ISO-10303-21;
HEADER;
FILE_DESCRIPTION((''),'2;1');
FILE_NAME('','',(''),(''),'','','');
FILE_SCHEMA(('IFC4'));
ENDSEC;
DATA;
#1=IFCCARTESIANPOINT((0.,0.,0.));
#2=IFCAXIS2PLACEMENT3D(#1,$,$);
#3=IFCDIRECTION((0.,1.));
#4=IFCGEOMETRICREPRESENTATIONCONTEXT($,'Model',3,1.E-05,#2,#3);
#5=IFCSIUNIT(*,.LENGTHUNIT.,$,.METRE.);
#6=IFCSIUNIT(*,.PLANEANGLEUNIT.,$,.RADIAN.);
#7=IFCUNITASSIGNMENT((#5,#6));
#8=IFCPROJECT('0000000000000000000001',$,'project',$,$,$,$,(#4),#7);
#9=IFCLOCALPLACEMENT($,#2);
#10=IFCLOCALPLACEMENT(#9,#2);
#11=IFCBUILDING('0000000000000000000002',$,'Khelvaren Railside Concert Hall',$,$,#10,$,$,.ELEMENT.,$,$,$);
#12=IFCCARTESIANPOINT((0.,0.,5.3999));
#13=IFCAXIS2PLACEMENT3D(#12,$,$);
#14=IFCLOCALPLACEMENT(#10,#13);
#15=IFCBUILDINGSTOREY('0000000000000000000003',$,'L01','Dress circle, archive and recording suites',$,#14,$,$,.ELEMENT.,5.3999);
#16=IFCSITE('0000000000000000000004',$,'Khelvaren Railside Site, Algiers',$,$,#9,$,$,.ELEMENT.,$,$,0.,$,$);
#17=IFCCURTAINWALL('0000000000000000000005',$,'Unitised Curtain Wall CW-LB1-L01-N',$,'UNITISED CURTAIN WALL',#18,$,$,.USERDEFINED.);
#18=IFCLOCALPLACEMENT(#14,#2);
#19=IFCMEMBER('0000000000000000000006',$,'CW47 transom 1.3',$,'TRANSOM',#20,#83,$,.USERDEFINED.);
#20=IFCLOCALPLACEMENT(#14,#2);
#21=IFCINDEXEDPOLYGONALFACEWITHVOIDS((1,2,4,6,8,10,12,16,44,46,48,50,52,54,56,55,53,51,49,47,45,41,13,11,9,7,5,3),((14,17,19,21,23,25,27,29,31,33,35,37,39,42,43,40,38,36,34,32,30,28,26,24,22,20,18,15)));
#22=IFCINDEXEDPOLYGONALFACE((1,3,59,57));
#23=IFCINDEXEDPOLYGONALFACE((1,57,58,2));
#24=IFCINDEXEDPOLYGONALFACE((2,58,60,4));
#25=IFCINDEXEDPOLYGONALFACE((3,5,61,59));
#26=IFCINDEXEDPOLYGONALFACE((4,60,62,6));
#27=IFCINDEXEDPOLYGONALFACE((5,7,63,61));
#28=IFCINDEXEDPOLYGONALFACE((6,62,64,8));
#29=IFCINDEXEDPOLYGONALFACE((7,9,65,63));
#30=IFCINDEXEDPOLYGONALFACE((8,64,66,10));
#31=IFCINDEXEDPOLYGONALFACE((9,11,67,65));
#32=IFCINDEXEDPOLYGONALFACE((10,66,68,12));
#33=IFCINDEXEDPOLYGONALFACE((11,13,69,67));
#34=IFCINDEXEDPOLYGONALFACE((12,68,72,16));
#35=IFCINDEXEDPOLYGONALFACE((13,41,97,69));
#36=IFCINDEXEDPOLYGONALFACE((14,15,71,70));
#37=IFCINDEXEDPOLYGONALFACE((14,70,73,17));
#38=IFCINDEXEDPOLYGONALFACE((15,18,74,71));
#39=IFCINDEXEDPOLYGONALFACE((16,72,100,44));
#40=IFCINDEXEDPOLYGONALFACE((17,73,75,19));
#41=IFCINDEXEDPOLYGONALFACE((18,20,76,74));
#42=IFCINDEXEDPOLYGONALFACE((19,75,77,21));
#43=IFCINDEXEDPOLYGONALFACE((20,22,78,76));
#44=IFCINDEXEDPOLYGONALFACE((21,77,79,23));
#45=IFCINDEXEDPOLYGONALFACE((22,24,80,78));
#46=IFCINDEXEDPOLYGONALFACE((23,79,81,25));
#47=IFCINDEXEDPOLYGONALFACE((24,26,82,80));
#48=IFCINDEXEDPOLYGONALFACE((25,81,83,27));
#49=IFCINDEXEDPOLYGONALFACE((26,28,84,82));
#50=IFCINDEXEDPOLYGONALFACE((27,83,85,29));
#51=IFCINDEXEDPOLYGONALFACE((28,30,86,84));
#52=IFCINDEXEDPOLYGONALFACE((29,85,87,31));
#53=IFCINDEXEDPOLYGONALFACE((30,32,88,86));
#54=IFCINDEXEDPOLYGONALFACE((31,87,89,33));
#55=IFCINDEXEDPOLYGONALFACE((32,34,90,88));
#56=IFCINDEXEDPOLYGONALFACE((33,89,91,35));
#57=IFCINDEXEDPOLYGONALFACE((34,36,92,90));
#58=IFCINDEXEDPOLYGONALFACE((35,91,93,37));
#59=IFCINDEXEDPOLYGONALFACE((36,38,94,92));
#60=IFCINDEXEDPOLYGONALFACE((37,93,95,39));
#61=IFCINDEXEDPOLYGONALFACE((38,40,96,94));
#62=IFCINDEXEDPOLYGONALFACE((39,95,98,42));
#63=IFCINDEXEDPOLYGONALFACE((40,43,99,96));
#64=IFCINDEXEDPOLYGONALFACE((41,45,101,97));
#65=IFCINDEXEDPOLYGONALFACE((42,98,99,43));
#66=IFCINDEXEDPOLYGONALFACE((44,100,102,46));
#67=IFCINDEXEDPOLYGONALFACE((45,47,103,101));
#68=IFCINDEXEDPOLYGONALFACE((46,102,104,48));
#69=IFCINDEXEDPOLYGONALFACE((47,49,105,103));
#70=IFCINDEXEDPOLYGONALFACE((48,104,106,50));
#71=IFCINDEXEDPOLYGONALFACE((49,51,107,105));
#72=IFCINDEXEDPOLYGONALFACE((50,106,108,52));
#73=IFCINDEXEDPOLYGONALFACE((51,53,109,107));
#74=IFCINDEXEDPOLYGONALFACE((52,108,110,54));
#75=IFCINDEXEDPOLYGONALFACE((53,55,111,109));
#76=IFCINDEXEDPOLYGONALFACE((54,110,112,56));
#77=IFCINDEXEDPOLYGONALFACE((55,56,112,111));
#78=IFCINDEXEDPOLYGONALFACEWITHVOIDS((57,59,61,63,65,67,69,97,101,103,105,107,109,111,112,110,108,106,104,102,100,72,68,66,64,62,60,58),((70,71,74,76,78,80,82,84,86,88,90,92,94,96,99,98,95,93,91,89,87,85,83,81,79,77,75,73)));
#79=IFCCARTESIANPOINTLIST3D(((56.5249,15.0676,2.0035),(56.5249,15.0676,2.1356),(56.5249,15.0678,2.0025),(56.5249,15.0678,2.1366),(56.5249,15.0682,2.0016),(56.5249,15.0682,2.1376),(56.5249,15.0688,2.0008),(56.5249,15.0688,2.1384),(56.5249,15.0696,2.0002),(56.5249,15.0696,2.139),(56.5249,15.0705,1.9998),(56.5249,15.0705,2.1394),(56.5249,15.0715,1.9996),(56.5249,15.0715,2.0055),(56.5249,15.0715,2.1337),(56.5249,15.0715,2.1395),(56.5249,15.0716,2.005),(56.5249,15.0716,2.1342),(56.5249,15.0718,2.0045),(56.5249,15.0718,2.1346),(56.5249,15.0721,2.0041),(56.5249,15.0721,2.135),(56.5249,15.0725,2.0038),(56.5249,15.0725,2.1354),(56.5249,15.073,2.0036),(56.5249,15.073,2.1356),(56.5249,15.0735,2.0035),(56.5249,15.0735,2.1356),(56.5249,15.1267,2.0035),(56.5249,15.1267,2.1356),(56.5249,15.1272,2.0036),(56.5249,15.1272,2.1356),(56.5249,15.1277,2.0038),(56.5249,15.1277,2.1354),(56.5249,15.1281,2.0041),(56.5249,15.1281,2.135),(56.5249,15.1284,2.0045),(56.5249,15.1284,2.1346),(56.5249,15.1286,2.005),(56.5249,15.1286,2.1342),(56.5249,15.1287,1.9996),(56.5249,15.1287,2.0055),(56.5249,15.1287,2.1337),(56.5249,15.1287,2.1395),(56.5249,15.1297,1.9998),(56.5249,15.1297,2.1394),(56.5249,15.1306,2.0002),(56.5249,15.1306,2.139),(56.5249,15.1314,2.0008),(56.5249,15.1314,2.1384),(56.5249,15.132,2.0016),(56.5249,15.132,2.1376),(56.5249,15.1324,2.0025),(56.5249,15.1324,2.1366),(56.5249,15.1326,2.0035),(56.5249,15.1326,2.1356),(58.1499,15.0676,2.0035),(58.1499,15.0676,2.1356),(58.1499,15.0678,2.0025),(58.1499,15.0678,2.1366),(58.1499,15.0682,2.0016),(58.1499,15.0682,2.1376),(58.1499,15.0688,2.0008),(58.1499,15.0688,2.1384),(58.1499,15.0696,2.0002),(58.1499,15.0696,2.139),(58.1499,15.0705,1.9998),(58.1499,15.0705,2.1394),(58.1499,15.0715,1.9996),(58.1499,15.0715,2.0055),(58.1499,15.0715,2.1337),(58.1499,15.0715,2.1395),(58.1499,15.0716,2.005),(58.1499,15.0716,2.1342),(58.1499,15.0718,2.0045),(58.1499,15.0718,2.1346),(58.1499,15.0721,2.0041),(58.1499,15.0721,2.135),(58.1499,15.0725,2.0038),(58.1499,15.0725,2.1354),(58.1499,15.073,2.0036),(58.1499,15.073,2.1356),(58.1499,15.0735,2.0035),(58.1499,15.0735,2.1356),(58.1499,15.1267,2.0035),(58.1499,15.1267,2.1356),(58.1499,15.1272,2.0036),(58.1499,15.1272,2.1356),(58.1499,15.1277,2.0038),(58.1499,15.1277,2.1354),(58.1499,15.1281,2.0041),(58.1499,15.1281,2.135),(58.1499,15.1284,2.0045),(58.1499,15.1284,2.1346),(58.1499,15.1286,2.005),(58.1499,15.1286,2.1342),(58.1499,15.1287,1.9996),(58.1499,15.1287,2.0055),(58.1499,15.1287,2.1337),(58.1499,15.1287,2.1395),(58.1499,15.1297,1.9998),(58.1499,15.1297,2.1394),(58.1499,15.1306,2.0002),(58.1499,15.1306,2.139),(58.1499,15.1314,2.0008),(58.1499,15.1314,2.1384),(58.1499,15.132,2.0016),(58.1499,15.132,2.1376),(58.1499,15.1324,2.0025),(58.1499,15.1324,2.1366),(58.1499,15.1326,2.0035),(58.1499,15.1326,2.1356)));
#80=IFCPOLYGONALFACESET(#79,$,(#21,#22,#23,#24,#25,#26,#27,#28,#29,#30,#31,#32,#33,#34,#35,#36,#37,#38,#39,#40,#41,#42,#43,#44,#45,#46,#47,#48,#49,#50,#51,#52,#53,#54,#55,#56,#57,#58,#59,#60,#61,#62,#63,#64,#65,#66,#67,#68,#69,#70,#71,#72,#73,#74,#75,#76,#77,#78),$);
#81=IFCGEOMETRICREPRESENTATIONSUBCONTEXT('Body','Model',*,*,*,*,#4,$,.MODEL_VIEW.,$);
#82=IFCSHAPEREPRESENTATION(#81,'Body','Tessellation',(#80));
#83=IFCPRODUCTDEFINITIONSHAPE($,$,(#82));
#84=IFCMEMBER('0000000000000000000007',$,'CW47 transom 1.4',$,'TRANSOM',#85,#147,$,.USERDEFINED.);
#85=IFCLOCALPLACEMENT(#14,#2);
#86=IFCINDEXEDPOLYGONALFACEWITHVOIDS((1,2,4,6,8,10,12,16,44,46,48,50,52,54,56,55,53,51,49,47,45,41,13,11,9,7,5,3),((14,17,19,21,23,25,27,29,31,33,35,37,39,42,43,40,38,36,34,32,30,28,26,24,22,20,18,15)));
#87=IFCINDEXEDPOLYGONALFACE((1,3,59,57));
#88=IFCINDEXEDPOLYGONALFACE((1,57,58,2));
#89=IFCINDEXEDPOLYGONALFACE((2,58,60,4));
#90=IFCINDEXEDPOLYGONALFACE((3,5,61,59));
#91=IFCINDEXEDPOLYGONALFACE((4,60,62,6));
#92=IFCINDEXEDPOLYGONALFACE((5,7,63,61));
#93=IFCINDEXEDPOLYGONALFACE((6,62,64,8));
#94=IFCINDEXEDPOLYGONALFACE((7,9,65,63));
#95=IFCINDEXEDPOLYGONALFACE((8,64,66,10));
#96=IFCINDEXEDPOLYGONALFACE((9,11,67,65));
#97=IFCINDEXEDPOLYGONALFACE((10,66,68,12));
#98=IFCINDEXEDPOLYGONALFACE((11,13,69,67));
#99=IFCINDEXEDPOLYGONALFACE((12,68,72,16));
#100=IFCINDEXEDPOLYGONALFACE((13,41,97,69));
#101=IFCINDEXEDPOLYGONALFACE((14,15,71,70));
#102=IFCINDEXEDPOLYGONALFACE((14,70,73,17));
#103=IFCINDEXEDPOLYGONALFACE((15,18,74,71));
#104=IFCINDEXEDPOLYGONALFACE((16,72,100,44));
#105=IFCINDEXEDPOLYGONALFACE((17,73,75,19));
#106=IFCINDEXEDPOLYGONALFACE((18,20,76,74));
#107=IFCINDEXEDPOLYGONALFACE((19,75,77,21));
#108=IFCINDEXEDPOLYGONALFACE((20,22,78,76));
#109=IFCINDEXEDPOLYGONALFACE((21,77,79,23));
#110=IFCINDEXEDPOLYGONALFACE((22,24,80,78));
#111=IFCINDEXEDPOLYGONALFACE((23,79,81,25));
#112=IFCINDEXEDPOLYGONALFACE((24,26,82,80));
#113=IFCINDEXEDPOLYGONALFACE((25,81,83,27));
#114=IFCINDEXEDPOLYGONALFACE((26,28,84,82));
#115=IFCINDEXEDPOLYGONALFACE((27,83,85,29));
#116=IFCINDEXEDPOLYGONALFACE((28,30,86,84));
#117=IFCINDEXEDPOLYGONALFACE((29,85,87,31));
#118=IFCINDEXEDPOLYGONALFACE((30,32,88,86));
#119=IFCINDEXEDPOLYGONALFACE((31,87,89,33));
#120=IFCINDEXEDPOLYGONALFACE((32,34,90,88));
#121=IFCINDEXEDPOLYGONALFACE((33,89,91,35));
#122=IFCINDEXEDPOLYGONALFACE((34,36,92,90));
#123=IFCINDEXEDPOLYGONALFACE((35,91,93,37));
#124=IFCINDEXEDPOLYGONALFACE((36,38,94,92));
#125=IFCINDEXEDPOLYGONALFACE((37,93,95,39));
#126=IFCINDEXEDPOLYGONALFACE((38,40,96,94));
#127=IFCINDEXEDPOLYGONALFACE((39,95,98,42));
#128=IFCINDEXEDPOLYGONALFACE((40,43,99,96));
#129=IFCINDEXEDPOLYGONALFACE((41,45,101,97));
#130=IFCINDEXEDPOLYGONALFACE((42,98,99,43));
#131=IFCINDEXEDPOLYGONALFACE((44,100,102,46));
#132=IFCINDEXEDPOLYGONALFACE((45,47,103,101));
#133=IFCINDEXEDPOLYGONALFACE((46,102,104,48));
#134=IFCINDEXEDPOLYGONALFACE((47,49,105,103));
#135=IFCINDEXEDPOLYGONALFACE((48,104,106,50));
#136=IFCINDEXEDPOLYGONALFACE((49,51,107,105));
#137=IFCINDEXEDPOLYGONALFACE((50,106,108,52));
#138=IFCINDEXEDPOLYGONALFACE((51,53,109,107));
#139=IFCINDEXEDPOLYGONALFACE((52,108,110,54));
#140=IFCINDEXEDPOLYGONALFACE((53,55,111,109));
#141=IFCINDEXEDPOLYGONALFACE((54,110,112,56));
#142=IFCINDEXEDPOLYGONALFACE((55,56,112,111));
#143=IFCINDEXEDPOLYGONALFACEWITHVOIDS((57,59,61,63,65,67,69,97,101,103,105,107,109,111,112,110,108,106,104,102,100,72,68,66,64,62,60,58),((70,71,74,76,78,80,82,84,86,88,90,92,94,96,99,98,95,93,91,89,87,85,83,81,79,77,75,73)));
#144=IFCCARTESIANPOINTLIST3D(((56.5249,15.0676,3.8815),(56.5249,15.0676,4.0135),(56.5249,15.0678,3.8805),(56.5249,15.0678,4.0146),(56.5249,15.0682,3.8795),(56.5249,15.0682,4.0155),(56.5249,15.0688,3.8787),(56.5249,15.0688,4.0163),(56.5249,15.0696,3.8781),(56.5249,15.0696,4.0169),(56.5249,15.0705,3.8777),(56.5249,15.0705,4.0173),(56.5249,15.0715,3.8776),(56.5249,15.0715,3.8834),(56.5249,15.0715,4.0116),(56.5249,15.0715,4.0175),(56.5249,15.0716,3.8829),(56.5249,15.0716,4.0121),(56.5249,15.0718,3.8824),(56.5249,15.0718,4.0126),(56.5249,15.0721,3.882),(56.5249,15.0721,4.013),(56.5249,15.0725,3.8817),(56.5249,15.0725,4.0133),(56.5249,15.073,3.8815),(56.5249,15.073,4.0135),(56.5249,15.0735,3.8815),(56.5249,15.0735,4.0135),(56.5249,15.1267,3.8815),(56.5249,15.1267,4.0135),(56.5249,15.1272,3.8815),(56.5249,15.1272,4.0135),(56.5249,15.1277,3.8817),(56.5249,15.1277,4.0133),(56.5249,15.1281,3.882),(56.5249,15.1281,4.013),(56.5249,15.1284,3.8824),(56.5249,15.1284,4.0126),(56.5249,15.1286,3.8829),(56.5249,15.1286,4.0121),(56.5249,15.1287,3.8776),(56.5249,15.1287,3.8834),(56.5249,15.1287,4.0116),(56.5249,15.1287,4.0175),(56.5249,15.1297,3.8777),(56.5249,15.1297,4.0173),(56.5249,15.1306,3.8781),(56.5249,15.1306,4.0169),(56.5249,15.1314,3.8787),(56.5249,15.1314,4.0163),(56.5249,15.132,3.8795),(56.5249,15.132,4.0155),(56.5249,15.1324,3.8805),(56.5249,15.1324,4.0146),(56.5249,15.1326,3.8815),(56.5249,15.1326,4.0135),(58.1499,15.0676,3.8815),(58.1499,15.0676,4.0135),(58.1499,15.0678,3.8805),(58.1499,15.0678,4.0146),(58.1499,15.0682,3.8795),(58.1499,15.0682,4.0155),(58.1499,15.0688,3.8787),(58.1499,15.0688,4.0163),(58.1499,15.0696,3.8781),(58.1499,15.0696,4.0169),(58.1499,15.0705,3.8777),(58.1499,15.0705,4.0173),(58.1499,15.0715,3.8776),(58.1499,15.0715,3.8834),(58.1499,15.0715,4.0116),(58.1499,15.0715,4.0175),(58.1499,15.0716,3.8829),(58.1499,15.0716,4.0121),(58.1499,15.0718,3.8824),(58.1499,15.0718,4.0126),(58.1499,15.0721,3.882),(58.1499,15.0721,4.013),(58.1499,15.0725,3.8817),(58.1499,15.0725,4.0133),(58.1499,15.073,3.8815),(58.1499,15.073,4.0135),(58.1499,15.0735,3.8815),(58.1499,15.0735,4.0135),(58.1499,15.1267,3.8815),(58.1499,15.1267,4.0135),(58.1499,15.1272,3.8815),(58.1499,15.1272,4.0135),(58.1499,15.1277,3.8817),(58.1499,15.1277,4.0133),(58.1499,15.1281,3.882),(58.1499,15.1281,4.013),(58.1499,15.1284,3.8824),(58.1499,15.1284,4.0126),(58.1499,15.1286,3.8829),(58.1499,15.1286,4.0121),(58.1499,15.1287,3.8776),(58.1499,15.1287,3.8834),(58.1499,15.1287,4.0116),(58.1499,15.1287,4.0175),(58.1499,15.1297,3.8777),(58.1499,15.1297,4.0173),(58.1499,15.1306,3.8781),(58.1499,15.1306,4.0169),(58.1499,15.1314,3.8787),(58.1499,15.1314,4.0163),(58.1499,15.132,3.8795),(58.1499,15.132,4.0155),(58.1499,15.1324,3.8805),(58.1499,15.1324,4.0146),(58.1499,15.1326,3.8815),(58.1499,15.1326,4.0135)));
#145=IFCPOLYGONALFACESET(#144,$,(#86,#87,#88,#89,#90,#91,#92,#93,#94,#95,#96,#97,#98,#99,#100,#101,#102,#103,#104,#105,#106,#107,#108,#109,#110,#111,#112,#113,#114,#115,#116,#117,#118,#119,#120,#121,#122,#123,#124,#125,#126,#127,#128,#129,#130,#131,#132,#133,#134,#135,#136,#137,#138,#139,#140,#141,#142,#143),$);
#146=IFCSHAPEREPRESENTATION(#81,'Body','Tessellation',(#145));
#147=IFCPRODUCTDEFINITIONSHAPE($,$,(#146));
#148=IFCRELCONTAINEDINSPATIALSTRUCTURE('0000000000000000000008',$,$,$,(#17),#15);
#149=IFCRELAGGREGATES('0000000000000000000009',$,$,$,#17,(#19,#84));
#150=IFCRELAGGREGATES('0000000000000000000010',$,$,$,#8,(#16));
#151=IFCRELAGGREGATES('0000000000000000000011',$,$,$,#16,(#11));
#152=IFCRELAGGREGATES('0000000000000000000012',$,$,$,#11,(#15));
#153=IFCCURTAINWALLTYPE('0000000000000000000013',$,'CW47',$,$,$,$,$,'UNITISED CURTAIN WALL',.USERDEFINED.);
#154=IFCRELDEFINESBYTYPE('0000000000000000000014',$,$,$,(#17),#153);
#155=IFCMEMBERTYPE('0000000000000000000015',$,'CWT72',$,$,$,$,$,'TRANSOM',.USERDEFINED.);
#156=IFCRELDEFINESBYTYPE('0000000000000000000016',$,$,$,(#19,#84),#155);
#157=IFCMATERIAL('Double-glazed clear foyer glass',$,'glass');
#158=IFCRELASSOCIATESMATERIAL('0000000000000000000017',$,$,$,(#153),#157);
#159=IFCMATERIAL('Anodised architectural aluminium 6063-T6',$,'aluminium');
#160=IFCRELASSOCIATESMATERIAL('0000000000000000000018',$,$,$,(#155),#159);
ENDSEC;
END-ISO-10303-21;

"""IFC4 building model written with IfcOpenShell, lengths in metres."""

from ifc_helpers import new_model, si_unit, direction, frame, origin, origin_2d, place, context, subcontext, project, spatial, hollow_rectangle, extrude, material, material_profile, profile_set, type_object, element, aggregate, save


model = new_model("IFC4")

# Units and contexts
model_context = context("Model", 3, precision=1e-05, world=origin(), true_north=direction((0.0, 1.0)))
body_context = subcontext(model_context, "Body", "Model", "MODEL_VIEW")
ifc_project = project(units=[si_unit("LENGTHUNIT", "METRE"), si_unit("PLANEANGLEUNIT", "RADIAN")], contexts=[model_context])

# Site, building, storey
site_placement = place(None, origin())
site = spatial("IfcSite", under=ifc_project, at=site_placement, Name="Khelvaren Railside Site, Algiers", CompositionType="ELEMENT", RefElevation=0.0)
building_placement = place(site_placement, origin())
building = spatial("IfcBuilding", under=site, at=building_placement, Name="Khelvaren Railside Concert Hall", CompositionType="ELEMENT")
storey_placement = place(building_placement, frame((0.0, 0.0, 5.3999)))
storey = spatial("IfcBuildingStorey", under=building, at=storey_placement, Name="L01", Description="Dress circle, archive and recording suites", CompositionType="ELEMENT", Elevation=5.3999)

# Curtain wall, members
ifc_material_1 = material(Name="Double-glazed clear foyer glass", Category="glass")
curtain_wall_type = type_object("IfcCurtainWallType", Name="CW47", ElementType="UNITISED CURTAIN WALL", PredefinedType="USERDEFINED", material=ifc_material_1)
curtain_wall_placement = place(storey_placement, origin())
curtain_wall = element("IfcCurtainWall", 1, at=curtain_wall_placement, inside=storey, type_object=curtain_wall_type, Name="Unitised Curtain Wall CW-LB1-L01-N", ObjectType="UNITISED CURTAIN WALL", PredefinedType="USERDEFINED")
ifc_material_2 = material(Name="Anodised architectural aluminium 6063-T6", Category="aluminium")
ifc_material_profile_1 = material_profile(ifc_material_2, hollow_rectangle(XDim=0.0649, YDim=0.1399, WallThickness=0.0039, InnerFilletRadius=0.002, OuterFilletRadius=0.0039, at=origin_2d()), Name="CWT 65x140x4")
ifc_profile_set_1 = profile_set([ifc_material_profile_1], Name="Anodised architectural aluminium 6063-T6")
member_type_1 = type_object("IfcMemberType", Name="CWT72", ElementType="TRANSOM", PredefinedType="USERDEFINED", material=ifc_profile_set_1)
member_1_placement = place(storey_placement, frame((56.5249, 15.1001, 2.0696), z_axis=(1.0, 0.0, 0.0), x_axis=(0.0, 1.0, 0.0)))
member_1 = element("IfcMember", 2, at=member_1_placement, type_object=member_type_1, Name="CW47 transom 1.3", ObjectType="TRANSOM", PredefinedType="USERDEFINED", context=body_context, shape_type="SweptSolid", body=[
    extrude(hollow_rectangle(XDim=0.0649, YDim=0.1399, WallThickness=0.0039, InnerFilletRadius=0.002, OuterFilletRadius=0.0039, at=origin_2d()), origin(), (0.0, 0.0, 1.0), 1.625),
])
member_2_placement = place(storey_placement, frame((56.5249, 15.1001, 3.9475), z_axis=(1.0, 0.0, 0.0), x_axis=(0.0, 1.0, 0.0)))
member_2 = element("IfcMember", 3, at=member_2_placement, type_object=member_type_1, Name="CW47 transom 1.4", ObjectType="TRANSOM", PredefinedType="USERDEFINED", context=body_context, shape_type="SweptSolid", body=[
    extrude(hollow_rectangle(XDim=0.0649, YDim=0.1399, WallThickness=0.0039, InnerFilletRadius=0.002, OuterFilletRadius=0.0039, at=origin_2d()), origin(), (0.0, 0.0, 1.0), 1.625),
])

aggregate(curtain_wall, [member_1, member_2])

save(model, "model.ifc")
